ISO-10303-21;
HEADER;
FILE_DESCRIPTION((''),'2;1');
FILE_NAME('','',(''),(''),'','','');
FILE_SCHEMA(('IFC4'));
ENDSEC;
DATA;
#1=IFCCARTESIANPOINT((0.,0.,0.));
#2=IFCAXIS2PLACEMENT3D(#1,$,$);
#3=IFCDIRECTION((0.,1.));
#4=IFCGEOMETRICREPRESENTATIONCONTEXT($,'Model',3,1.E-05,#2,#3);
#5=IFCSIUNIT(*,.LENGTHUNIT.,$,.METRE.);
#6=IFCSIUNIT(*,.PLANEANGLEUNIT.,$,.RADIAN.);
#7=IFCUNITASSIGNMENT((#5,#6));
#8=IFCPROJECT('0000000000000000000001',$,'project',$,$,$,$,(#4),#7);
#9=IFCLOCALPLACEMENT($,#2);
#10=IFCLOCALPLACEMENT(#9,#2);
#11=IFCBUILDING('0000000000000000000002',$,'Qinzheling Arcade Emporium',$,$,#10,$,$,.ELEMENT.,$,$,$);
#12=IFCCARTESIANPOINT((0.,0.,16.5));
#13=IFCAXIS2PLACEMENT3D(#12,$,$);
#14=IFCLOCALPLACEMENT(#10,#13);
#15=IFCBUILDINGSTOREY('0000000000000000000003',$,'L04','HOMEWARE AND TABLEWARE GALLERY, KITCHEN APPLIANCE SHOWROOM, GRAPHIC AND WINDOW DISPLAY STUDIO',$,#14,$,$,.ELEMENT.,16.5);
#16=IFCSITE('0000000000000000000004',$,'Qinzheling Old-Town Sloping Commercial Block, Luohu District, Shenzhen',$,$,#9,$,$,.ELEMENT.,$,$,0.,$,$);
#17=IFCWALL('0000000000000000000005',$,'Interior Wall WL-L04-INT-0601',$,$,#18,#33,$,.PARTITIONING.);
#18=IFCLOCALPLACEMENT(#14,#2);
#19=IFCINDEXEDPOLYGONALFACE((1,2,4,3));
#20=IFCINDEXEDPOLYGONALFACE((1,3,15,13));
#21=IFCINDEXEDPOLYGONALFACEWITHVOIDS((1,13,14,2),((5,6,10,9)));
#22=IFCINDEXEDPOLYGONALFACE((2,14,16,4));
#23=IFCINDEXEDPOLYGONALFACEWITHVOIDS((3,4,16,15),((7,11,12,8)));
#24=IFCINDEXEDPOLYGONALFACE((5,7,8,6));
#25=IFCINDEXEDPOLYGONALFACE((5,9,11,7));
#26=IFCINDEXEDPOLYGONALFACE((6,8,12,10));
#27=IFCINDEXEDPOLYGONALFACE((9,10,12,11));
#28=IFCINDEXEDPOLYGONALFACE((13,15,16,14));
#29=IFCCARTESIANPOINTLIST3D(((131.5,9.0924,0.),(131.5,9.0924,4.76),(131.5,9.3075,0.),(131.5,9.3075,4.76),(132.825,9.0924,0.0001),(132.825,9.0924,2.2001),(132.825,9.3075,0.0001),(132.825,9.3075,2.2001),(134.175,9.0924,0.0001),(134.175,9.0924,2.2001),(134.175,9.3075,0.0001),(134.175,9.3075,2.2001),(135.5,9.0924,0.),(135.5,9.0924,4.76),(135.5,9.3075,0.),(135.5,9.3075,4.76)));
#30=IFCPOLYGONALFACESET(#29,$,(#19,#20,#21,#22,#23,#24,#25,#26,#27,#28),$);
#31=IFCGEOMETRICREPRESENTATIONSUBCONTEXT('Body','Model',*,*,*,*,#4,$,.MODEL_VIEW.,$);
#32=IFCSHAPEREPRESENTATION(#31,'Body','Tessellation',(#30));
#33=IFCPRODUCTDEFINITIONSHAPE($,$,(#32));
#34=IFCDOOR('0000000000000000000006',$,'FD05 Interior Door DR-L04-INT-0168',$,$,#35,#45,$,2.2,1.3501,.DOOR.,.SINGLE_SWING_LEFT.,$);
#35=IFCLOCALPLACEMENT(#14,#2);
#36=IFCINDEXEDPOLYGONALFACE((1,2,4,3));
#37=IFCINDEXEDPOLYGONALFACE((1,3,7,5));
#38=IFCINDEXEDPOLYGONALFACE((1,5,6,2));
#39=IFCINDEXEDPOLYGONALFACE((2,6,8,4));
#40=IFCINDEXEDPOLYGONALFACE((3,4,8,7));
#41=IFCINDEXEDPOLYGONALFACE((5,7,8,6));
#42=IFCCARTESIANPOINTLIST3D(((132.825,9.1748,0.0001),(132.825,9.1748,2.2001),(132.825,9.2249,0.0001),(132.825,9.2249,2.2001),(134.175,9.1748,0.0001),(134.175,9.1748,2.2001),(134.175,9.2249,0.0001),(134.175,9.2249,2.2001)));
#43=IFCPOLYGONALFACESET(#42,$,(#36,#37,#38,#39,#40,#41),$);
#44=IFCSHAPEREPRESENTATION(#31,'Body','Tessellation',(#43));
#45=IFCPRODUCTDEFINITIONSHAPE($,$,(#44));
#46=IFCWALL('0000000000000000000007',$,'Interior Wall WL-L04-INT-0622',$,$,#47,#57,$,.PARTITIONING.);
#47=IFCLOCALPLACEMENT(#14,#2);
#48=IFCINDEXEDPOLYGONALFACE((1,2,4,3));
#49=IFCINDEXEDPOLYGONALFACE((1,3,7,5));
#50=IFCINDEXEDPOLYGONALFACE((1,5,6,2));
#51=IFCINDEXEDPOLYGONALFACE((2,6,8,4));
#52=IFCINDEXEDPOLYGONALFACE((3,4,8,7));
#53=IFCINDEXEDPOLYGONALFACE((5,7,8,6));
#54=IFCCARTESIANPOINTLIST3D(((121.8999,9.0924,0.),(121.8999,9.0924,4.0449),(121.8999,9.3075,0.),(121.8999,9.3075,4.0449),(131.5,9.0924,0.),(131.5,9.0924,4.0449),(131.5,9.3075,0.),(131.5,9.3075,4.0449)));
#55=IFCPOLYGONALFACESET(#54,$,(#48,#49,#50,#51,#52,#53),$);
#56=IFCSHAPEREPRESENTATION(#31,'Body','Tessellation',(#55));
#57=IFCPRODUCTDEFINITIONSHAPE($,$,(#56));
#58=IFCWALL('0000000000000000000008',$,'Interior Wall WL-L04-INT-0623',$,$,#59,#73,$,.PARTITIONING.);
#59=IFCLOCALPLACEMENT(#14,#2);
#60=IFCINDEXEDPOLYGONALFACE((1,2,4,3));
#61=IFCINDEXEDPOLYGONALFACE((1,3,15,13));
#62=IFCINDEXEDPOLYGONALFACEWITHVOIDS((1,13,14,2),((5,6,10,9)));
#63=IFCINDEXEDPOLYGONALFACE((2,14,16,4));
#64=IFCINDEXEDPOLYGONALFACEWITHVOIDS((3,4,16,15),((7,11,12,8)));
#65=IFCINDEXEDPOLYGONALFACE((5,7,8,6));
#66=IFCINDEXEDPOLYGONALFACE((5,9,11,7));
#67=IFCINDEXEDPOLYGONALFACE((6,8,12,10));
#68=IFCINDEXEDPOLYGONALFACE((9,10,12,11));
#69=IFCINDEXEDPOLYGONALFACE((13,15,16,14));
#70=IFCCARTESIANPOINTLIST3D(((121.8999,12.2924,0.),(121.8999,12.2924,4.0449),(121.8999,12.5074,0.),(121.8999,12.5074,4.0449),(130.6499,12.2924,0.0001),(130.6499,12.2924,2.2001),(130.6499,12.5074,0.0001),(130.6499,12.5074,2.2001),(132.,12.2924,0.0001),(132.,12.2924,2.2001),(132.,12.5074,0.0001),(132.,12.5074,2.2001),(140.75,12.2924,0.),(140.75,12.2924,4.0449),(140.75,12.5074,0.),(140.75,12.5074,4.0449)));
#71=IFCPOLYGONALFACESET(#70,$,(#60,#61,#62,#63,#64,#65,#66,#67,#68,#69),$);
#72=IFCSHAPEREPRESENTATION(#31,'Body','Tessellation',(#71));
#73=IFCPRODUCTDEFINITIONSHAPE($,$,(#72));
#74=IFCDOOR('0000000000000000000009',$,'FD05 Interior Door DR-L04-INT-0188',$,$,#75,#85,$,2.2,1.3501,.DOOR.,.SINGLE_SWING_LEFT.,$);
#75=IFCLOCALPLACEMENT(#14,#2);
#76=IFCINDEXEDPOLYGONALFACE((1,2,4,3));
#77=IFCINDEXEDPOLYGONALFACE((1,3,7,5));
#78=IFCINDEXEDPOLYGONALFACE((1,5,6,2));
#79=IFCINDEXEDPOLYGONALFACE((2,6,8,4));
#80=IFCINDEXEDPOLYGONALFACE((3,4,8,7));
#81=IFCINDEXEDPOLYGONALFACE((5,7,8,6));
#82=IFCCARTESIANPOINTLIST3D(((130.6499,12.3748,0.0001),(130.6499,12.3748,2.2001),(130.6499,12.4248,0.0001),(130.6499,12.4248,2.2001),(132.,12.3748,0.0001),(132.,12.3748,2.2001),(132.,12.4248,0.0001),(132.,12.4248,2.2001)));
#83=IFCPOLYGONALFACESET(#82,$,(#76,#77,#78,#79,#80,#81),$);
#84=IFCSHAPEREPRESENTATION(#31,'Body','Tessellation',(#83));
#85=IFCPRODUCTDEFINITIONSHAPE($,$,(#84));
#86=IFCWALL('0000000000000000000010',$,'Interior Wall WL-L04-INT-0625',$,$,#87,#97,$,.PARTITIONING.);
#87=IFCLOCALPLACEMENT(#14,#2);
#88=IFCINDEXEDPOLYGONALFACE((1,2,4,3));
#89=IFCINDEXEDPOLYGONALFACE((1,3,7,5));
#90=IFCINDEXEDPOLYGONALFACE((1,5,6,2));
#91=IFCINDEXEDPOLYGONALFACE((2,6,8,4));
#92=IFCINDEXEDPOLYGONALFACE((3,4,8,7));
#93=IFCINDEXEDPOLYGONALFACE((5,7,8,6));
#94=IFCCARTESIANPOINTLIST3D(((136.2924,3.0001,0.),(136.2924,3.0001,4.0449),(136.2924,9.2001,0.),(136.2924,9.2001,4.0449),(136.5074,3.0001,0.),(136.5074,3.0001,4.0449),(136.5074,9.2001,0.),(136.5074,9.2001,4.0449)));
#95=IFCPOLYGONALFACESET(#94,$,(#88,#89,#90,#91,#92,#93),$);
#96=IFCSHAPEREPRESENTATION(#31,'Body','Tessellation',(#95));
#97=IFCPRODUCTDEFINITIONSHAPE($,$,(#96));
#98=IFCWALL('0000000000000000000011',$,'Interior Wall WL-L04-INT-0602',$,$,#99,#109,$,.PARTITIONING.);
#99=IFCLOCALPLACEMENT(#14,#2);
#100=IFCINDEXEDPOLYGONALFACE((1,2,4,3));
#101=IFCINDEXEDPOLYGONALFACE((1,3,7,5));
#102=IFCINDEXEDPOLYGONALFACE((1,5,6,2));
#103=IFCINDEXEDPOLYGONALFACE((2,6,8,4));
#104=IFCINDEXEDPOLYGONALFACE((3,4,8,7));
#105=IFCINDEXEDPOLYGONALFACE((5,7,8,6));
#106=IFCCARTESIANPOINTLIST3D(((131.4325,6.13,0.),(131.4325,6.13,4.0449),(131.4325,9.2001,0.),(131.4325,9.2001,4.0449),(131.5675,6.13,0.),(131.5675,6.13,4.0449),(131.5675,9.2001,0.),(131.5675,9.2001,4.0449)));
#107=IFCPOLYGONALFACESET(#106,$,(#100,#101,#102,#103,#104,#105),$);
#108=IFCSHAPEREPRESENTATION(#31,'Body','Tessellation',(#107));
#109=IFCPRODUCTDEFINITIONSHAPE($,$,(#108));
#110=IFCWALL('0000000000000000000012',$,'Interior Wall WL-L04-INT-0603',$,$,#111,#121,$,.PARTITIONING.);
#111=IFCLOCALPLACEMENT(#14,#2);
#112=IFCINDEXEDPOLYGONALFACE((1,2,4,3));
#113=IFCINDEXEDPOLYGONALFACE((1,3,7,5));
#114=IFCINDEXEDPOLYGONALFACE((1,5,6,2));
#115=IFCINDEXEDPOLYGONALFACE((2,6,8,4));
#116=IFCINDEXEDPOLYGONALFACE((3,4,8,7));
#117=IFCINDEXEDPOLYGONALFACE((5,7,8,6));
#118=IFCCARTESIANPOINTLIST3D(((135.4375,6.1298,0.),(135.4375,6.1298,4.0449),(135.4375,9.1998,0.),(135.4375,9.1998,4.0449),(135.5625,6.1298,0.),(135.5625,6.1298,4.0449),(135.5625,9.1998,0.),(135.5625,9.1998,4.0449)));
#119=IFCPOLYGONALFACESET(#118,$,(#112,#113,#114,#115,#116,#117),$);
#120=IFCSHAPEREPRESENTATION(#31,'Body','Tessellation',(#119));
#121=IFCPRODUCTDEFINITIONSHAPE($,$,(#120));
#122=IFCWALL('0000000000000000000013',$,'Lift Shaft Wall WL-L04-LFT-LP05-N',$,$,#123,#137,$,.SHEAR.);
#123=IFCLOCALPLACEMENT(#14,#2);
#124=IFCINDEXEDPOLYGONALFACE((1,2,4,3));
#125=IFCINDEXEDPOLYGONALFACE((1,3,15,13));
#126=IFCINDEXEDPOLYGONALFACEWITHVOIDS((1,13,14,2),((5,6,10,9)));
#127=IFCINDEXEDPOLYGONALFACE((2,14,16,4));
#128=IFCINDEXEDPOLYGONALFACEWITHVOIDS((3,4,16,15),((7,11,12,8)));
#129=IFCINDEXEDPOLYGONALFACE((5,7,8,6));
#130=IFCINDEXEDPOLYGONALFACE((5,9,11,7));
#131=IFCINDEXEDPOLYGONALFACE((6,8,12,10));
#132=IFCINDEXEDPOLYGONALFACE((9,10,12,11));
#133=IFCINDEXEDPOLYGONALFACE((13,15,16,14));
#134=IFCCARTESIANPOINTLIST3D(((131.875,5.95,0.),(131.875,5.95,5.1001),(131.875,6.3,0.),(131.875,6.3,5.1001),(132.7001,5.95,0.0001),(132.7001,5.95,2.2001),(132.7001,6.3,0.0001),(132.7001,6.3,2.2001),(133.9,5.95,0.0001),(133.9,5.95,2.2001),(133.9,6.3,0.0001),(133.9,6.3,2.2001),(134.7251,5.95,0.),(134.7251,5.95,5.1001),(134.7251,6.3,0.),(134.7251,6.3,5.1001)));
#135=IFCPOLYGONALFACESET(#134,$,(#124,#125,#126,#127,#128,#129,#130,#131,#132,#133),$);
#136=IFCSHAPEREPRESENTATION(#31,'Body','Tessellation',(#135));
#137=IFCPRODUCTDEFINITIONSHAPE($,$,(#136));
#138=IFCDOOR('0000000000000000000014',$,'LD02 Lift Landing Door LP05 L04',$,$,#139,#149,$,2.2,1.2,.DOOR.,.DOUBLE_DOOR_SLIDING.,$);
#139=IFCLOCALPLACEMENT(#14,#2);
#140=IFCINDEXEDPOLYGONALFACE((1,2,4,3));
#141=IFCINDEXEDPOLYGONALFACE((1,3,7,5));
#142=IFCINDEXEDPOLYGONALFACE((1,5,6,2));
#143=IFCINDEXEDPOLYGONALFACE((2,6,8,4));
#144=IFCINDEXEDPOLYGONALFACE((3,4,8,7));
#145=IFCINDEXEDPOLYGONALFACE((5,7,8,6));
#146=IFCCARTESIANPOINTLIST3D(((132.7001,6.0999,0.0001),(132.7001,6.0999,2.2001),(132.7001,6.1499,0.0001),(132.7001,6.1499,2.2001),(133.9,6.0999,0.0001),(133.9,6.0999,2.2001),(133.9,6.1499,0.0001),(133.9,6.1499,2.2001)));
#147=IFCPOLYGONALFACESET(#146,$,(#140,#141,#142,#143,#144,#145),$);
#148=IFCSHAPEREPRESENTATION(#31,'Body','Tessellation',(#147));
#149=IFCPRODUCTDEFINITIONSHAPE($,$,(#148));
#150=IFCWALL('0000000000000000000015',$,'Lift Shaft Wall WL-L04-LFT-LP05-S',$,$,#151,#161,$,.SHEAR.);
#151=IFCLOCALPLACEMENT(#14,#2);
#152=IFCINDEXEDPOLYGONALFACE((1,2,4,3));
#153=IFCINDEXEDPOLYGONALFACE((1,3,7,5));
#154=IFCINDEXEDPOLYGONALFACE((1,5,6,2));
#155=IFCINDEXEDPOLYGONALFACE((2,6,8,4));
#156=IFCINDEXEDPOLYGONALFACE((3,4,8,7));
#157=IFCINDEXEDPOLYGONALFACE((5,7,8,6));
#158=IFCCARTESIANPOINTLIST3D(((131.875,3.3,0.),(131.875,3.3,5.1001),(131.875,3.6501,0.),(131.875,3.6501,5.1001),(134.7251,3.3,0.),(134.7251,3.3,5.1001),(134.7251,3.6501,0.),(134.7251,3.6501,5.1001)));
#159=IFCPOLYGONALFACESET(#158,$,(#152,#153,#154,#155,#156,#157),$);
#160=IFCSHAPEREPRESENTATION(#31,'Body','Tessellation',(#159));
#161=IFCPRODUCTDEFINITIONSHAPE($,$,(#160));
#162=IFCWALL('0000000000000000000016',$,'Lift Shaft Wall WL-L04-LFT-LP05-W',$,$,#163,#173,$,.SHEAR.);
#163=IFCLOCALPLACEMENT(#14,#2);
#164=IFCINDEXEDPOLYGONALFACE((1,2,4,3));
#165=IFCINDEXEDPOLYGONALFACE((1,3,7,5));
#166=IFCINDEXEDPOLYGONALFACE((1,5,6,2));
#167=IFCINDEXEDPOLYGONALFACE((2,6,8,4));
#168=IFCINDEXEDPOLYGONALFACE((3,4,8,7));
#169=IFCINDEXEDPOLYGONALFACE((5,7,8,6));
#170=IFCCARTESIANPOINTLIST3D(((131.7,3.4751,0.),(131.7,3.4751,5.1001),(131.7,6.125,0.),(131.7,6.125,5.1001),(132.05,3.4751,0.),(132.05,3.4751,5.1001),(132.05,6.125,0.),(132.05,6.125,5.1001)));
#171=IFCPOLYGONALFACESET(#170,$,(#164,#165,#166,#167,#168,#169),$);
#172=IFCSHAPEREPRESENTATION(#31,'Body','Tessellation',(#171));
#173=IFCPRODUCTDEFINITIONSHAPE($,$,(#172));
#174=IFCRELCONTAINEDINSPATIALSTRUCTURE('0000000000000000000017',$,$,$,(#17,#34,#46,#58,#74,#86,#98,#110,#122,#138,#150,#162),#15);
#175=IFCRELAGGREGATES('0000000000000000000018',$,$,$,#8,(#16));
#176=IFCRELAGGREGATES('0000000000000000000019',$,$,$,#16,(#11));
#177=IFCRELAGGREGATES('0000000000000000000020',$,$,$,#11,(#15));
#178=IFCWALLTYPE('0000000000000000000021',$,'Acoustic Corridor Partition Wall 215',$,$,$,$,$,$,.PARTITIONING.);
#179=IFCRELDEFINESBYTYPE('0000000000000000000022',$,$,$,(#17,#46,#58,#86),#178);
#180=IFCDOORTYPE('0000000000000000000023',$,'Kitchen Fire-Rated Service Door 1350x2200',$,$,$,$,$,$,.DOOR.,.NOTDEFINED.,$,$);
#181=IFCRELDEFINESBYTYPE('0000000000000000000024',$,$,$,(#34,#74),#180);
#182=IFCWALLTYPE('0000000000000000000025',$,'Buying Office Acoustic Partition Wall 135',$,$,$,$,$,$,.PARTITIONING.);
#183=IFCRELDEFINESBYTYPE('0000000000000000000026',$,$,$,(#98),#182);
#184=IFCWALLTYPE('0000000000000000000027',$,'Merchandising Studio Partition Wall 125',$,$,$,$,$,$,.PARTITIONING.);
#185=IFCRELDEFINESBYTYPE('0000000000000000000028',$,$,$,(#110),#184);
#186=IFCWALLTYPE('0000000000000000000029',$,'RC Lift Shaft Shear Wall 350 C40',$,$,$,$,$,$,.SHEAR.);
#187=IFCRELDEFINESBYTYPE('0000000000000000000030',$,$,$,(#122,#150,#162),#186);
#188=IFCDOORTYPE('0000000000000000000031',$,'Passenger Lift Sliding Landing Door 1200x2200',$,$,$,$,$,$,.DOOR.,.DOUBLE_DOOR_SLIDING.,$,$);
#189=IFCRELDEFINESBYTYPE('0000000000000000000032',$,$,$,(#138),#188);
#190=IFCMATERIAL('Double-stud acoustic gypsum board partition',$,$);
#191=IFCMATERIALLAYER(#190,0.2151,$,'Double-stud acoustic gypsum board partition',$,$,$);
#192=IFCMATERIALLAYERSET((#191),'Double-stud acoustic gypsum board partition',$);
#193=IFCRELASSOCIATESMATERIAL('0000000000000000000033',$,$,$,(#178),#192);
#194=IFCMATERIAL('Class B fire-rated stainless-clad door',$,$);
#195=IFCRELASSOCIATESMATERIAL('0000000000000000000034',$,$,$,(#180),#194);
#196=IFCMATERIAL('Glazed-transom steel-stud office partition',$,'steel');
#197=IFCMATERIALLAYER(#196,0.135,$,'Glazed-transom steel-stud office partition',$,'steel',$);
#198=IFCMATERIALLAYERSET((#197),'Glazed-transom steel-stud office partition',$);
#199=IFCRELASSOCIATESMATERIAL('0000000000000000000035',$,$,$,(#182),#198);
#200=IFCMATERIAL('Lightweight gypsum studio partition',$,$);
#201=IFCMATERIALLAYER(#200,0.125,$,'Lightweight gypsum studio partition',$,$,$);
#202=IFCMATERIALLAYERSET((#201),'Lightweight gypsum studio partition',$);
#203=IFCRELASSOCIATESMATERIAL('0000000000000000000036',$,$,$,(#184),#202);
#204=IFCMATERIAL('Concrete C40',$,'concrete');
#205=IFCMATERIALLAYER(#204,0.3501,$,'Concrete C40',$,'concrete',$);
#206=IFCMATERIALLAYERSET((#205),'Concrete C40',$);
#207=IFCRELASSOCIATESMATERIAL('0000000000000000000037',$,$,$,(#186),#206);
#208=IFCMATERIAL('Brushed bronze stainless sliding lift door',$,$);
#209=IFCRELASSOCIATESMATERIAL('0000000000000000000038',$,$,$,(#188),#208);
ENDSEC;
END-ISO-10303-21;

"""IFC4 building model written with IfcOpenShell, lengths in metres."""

from ifc_helpers import new_model, si_unit, direction, frame, frame_2d, origin, place, context, subcontext, project, spatial, rectangle, extrude, material, layer, layer_set, type_object, element, fill, save


model = new_model("IFC4")

# Units and contexts
model_context = context("Model", 3, precision=1e-05, world=origin(), true_north=direction((0.0, 1.0)))
body_context = subcontext(model_context, "Body", "Model", "MODEL_VIEW")
ifc_project = project(units=[si_unit("LENGTHUNIT", "METRE"), si_unit("PLANEANGLEUNIT", "RADIAN")], contexts=[model_context])

# Site, building, storey
site_placement = place(None, origin())
site = spatial("IfcSite", under=ifc_project, at=site_placement, Name="Qinzheling Old-Town Sloping Commercial Block, Luohu District, Shenzhen", CompositionType="ELEMENT", RefElevation=0.0)
building_placement = place(site_placement, origin())
building = spatial("IfcBuilding", under=site, at=building_placement, Name="Qinzheling Arcade Emporium", CompositionType="ELEMENT")
storey_placement = place(building_placement, frame((0.0, 0.0, 16.5)))
storey = spatial("IfcBuildingStorey", under=building, at=storey_placement, Name="L04", Description="HOMEWARE AND TABLEWARE GALLERY, KITCHEN APPLIANCE SHOWROOM, GRAPHIC AND WINDOW DISPLAY STUDIO", CompositionType="ELEMENT", Elevation=16.5)

# Shared definitions
ifc_material_1 = material(Name="Concrete C40", Category="concrete")

# Wall, opening, door
ifc_material_2 = material(Name="Double-stud acoustic gypsum board partition")
ifc_layer_1 = layer(ifc_material_2, 0.2151, Name="Double-stud acoustic gypsum board partition")
ifc_layer_set_1 = layer_set([ifc_layer_1], Name="Double-stud acoustic gypsum board partition")
wall_type_1 = type_object("IfcWallType", Name="Acoustic Corridor Partition Wall 215", PredefinedType="PARTITIONING", material=ifc_layer_set_1)
wall_1_placement = place(storey_placement, frame((131.5, 9.2, 0.0), z_axis=(0.0, 0.0, 1.0), x_axis=(1.0, 0.0, 0.0)))
wall_1 = element("IfcWall", 1, at=wall_1_placement, inside=storey, type_object=wall_type_1, Name="Interior Wall WL-L04-INT-0601", PredefinedType="PARTITIONING", context=body_context, shape_type="SweptSolid", body=[
    extrude(rectangle(XDim=4.0, YDim=0.2151, at=frame_2d((2.0, 0.0))), origin(), (0.0, 0.0, 1.0), 4.76),
])
opening_1_placement = place(wall_1_placement, frame((1.325, 0.0, 0.0)))
opening_1 = element("IfcOpeningElement", 2, at=opening_1_placement, cuts=wall_1, PredefinedType="OPENING", context=body_context, shape_type="SweptSolid", body=[
    extrude(rectangle(XDim=1.3501, YDim=2.2, at=frame_2d((0.675, 1.1001))), frame((0.0, 0.1177, 0.0), z_axis=(0.0, -1.0, 0.0), x_axis=(1.0, 0.0, 0.0)), (0.0, 0.0, 1.0), 0.2351),
])
ifc_material_3 = material(Name="Class B fire-rated stainless-clad door")
door_type_1 = type_object("IfcDoorType", Name="Kitchen Fire-Rated Service Door 1350x2200", OperationType="NOTDEFINED", PredefinedType="DOOR", material=ifc_material_3)
door_1_placement = place(opening_1_placement, origin())
door_1 = element("IfcDoor", 3, at=door_1_placement, inside=storey, type_object=door_type_1, Name="FD05 Interior Door DR-L04-INT-0168", OperationType="SINGLE_SWING_LEFT", OverallHeight=2.2, OverallWidth=1.3501, PredefinedType="DOOR", context=body_context, shape_type="SweptSolid", body=[
    extrude(rectangle(XDim=1.3501, YDim=2.2, at=frame_2d((0.675, 1.1001))), frame((0.0, 0.0249, 0.0), z_axis=(0.0, -1.0, 0.0), x_axis=(1.0, 0.0, 0.0)), (0.0, 0.0, 1.0), 0.05),
])
fill(opening_1, door_1)

# Wall
wall_2_placement = place(storey_placement, frame((131.5, 9.2, 0.0), z_axis=(0.0, 0.0, 1.0), x_axis=(-1.0, 0.0, 0.0)))
element("IfcWall", 4, at=wall_2_placement, inside=storey, type_object=wall_type_1, Name="Interior Wall WL-L04-INT-0622", PredefinedType="PARTITIONING", context=body_context, shape_type="SweptSolid", body=[
    extrude(rectangle(XDim=9.6001, YDim=0.2151, at=frame_2d((4.8, 0.0))), origin(), (0.0, 0.0, 1.0), 4.0449),
])

# Wall, opening, door
wall_3_placement = place(storey_placement, frame((121.8999, 12.3999, 0.0), z_axis=(0.0, 0.0, 1.0), x_axis=(1.0, 0.0, 0.0)))
wall_3 = element("IfcWall", 5, at=wall_3_placement, inside=storey, type_object=wall_type_1, Name="Interior Wall WL-L04-INT-0623", PredefinedType="PARTITIONING", context=body_context, shape_type="SweptSolid", body=[
    extrude(rectangle(XDim=18.8501, YDim=0.2151, at=frame_2d((9.425, 0.0))), origin(), (0.0, 0.0, 1.0), 4.0449),
])
opening_2_placement = place(wall_3_placement, frame((8.75, 0.0, 0.0)))
opening_2 = element("IfcOpeningElement", 6, at=opening_2_placement, cuts=wall_3, PredefinedType="OPENING", context=body_context, shape_type="SweptSolid", body=[
    extrude(rectangle(XDim=1.3501, YDim=2.2, at=frame_2d((0.675, 1.1001))), frame((0.0, 0.1177, 0.0), z_axis=(0.0, -1.0, 0.0), x_axis=(1.0, 0.0, 0.0)), (0.0, 0.0, 1.0), 0.2351),
])
door_2_placement = place(opening_2_placement, origin())
door_2 = element("IfcDoor", 7, at=door_2_placement, inside=storey, type_object=door_type_1, Name="FD05 Interior Door DR-L04-INT-0188", OperationType="SINGLE_SWING_LEFT", OverallHeight=2.2, OverallWidth=1.3501, PredefinedType="DOOR", context=body_context, shape_type="SweptSolid", body=[
    extrude(rectangle(XDim=1.3501, YDim=2.2, at=frame_2d((0.675, 1.1001))), frame((0.0, 0.0249, 0.0), z_axis=(0.0, -1.0, 0.0), x_axis=(1.0, 0.0, 0.0)), (0.0, 0.0, 1.0), 0.05),
])
fill(opening_2, door_2)

# Walls
wall_4_placement = place(storey_placement, frame((136.3999, 3.0, 0.0), z_axis=(0.0, 0.0, 1.0), x_axis=(0.0, 1.0, 0.0)))
element("IfcWall", 8, at=wall_4_placement, inside=storey, type_object=wall_type_1, Name="Interior Wall WL-L04-INT-0625", PredefinedType="PARTITIONING", context=body_context, shape_type="SweptSolid", body=[
    extrude(rectangle(XDim=6.2, YDim=0.2151, at=frame_2d((3.1001, 0.0))), origin(), (0.0, 0.0, 1.0), 4.0449),
])
ifc_material_4 = material(Name="Glazed-transom steel-stud office partition", Category="steel")
ifc_layer_2 = layer(ifc_material_4, 0.135, Name="Glazed-transom steel-stud office partition", Category="steel")
ifc_layer_set_2 = layer_set([ifc_layer_2], Name="Glazed-transom steel-stud office partition")
wall_type_2 = type_object("IfcWallType", Name="Buying Office Acoustic Partition Wall 135", PredefinedType="PARTITIONING", material=ifc_layer_set_2)
wall_5_placement = place(storey_placement, frame((131.5, 6.1299, 0.0), z_axis=(0.0, 0.0, 1.0), x_axis=(0.0, 1.0, 0.0)))
element("IfcWall", 9, at=wall_5_placement, inside=storey, type_object=wall_type_2, Name="Interior Wall WL-L04-INT-0602", PredefinedType="PARTITIONING", context=body_context, shape_type="SweptSolid", body=[
    extrude(rectangle(XDim=3.0701, YDim=0.135, at=frame_2d((1.5352, 0.0))), origin(), (0.0, 0.0, 1.0), 4.0449),
])
ifc_material_5 = material(Name="Lightweight gypsum studio partition")
ifc_layer_3 = layer(ifc_material_5, 0.125, Name="Lightweight gypsum studio partition")
ifc_layer_set_3 = layer_set([ifc_layer_3], Name="Lightweight gypsum studio partition")
wall_type_3 = type_object("IfcWallType", Name="Merchandising Studio Partition Wall 125", PredefinedType="PARTITIONING", material=ifc_layer_set_3)
wall_6_placement = place(storey_placement, frame((135.5, 9.2, 0.0), z_axis=(0.0, 0.0, 1.0), x_axis=(0.0, -1.0, 0.0)))
element("IfcWall", 10, at=wall_6_placement, inside=storey, type_object=wall_type_3, Name="Interior Wall WL-L04-INT-0603", PredefinedType="PARTITIONING", context=body_context, shape_type="SweptSolid", body=[
    extrude(rectangle(XDim=3.0701, YDim=0.125, at=frame_2d((1.5352, 0.0))), origin(), (0.0, 0.0, 1.0), 4.0449),
])

# Wall, opening, door
ifc_layer_4 = layer(ifc_material_1, 0.3501, Name="Concrete C40", Category="concrete")
ifc_layer_set_4 = layer_set([ifc_layer_4], Name="Concrete C40")
wall_type_4 = type_object("IfcWallType", Name="RC Lift Shaft Shear Wall 350 C40", PredefinedType="SHEAR", material=ifc_layer_set_4)
wall_7_placement = place(storey_placement, frame((131.875, 6.125, 0.0), z_axis=(0.0, 0.0, 1.0), x_axis=(1.0, 0.0, 0.0)))
wall_7 = element("IfcWall", 11, at=wall_7_placement, inside=storey, type_object=wall_type_4, Name="Lift Shaft Wall WL-L04-LFT-LP05-N", PredefinedType="SHEAR", context=body_context, shape_type="SweptSolid", body=[
    extrude(rectangle(XDim=2.8501, YDim=0.3501, at=frame_2d((1.425, 0.0))), origin(), (0.0, 0.0, 1.0), 5.1001),
])
opening_3_placement = place(wall_7_placement, frame((0.825, 0.0, 0.0)))
opening_3 = element("IfcOpeningElement", 12, at=opening_3_placement, cuts=wall_7, PredefinedType="OPENING", context=body_context, shape_type="SweptSolid", body=[
    extrude(rectangle(XDim=1.2, YDim=2.2, at=frame_2d((0.6001, 1.1001))), frame((0.0, 0.1851, 0.0), z_axis=(0.0, -1.0, 0.0), x_axis=(1.0, 0.0, 0.0)), (0.0, 0.0, 1.0), 0.3701),
])
ifc_material_6 = material(Name="Brushed bronze stainless sliding lift door")
door_type_2 = type_object("IfcDoorType", Name="Passenger Lift Sliding Landing Door 1200x2200", OperationType="DOUBLE_DOOR_SLIDING", PredefinedType="DOOR", material=ifc_material_6)
door_3_placement = place(opening_3_placement, origin())
door_3 = element("IfcDoor", 13, at=door_3_placement, inside=storey, type_object=door_type_2, Name="LD02 Lift Landing Door LP05 L04", OperationType="DOUBLE_DOOR_SLIDING", OverallHeight=2.2, OverallWidth=1.2, PredefinedType="DOOR", context=body_context, shape_type="SweptSolid", body=[
    extrude(rectangle(XDim=1.2, YDim=2.2, at=frame_2d((0.6001, 1.1001))), frame((0.0, 0.0249, 0.0), z_axis=(0.0, -1.0, 0.0), x_axis=(1.0, 0.0, 0.0)), (0.0, 0.0, 1.0), 0.05),
])
fill(opening_3, door_3)

# Walls
wall_8_placement = place(storey_placement, frame((134.7251, 3.4751, 0.0), z_axis=(0.0, 0.0, 1.0), x_axis=(-1.0, 0.0, 0.0)))
element("IfcWall", 14, at=wall_8_placement, inside=storey, type_object=wall_type_4, Name="Lift Shaft Wall WL-L04-LFT-LP05-S", PredefinedType="SHEAR", context=body_context, shape_type="SweptSolid", body=[
    extrude(rectangle(XDim=2.8501, YDim=0.3501, at=frame_2d((1.425, 0.0))), origin(), (0.0, 0.0, 1.0), 5.1001),
])
for number, where, z_axis, x_axis, name in (
    (15, (131.875, 3.4751, 0.0), (0.0, 0.0, 1.0), (0.0, 1.0, 0.0), "Lift Shaft Wall WL-L04-LFT-LP05-W"),
):
    element("IfcWall", number, at=place(storey_placement, frame(where, z_axis=z_axis, x_axis=x_axis)), inside=storey, type_object=wall_type_4, Name=name, PredefinedType="SHEAR", context=body_context, shape_type="SweptSolid", body=[
        extrude(rectangle(XDim=2.6499, YDim=0.3501, at=frame_2d((1.325, 0.0))), origin(), (0.0, 0.0, 1.0), 5.1001),
    ])

save(model, "model.ifc")
